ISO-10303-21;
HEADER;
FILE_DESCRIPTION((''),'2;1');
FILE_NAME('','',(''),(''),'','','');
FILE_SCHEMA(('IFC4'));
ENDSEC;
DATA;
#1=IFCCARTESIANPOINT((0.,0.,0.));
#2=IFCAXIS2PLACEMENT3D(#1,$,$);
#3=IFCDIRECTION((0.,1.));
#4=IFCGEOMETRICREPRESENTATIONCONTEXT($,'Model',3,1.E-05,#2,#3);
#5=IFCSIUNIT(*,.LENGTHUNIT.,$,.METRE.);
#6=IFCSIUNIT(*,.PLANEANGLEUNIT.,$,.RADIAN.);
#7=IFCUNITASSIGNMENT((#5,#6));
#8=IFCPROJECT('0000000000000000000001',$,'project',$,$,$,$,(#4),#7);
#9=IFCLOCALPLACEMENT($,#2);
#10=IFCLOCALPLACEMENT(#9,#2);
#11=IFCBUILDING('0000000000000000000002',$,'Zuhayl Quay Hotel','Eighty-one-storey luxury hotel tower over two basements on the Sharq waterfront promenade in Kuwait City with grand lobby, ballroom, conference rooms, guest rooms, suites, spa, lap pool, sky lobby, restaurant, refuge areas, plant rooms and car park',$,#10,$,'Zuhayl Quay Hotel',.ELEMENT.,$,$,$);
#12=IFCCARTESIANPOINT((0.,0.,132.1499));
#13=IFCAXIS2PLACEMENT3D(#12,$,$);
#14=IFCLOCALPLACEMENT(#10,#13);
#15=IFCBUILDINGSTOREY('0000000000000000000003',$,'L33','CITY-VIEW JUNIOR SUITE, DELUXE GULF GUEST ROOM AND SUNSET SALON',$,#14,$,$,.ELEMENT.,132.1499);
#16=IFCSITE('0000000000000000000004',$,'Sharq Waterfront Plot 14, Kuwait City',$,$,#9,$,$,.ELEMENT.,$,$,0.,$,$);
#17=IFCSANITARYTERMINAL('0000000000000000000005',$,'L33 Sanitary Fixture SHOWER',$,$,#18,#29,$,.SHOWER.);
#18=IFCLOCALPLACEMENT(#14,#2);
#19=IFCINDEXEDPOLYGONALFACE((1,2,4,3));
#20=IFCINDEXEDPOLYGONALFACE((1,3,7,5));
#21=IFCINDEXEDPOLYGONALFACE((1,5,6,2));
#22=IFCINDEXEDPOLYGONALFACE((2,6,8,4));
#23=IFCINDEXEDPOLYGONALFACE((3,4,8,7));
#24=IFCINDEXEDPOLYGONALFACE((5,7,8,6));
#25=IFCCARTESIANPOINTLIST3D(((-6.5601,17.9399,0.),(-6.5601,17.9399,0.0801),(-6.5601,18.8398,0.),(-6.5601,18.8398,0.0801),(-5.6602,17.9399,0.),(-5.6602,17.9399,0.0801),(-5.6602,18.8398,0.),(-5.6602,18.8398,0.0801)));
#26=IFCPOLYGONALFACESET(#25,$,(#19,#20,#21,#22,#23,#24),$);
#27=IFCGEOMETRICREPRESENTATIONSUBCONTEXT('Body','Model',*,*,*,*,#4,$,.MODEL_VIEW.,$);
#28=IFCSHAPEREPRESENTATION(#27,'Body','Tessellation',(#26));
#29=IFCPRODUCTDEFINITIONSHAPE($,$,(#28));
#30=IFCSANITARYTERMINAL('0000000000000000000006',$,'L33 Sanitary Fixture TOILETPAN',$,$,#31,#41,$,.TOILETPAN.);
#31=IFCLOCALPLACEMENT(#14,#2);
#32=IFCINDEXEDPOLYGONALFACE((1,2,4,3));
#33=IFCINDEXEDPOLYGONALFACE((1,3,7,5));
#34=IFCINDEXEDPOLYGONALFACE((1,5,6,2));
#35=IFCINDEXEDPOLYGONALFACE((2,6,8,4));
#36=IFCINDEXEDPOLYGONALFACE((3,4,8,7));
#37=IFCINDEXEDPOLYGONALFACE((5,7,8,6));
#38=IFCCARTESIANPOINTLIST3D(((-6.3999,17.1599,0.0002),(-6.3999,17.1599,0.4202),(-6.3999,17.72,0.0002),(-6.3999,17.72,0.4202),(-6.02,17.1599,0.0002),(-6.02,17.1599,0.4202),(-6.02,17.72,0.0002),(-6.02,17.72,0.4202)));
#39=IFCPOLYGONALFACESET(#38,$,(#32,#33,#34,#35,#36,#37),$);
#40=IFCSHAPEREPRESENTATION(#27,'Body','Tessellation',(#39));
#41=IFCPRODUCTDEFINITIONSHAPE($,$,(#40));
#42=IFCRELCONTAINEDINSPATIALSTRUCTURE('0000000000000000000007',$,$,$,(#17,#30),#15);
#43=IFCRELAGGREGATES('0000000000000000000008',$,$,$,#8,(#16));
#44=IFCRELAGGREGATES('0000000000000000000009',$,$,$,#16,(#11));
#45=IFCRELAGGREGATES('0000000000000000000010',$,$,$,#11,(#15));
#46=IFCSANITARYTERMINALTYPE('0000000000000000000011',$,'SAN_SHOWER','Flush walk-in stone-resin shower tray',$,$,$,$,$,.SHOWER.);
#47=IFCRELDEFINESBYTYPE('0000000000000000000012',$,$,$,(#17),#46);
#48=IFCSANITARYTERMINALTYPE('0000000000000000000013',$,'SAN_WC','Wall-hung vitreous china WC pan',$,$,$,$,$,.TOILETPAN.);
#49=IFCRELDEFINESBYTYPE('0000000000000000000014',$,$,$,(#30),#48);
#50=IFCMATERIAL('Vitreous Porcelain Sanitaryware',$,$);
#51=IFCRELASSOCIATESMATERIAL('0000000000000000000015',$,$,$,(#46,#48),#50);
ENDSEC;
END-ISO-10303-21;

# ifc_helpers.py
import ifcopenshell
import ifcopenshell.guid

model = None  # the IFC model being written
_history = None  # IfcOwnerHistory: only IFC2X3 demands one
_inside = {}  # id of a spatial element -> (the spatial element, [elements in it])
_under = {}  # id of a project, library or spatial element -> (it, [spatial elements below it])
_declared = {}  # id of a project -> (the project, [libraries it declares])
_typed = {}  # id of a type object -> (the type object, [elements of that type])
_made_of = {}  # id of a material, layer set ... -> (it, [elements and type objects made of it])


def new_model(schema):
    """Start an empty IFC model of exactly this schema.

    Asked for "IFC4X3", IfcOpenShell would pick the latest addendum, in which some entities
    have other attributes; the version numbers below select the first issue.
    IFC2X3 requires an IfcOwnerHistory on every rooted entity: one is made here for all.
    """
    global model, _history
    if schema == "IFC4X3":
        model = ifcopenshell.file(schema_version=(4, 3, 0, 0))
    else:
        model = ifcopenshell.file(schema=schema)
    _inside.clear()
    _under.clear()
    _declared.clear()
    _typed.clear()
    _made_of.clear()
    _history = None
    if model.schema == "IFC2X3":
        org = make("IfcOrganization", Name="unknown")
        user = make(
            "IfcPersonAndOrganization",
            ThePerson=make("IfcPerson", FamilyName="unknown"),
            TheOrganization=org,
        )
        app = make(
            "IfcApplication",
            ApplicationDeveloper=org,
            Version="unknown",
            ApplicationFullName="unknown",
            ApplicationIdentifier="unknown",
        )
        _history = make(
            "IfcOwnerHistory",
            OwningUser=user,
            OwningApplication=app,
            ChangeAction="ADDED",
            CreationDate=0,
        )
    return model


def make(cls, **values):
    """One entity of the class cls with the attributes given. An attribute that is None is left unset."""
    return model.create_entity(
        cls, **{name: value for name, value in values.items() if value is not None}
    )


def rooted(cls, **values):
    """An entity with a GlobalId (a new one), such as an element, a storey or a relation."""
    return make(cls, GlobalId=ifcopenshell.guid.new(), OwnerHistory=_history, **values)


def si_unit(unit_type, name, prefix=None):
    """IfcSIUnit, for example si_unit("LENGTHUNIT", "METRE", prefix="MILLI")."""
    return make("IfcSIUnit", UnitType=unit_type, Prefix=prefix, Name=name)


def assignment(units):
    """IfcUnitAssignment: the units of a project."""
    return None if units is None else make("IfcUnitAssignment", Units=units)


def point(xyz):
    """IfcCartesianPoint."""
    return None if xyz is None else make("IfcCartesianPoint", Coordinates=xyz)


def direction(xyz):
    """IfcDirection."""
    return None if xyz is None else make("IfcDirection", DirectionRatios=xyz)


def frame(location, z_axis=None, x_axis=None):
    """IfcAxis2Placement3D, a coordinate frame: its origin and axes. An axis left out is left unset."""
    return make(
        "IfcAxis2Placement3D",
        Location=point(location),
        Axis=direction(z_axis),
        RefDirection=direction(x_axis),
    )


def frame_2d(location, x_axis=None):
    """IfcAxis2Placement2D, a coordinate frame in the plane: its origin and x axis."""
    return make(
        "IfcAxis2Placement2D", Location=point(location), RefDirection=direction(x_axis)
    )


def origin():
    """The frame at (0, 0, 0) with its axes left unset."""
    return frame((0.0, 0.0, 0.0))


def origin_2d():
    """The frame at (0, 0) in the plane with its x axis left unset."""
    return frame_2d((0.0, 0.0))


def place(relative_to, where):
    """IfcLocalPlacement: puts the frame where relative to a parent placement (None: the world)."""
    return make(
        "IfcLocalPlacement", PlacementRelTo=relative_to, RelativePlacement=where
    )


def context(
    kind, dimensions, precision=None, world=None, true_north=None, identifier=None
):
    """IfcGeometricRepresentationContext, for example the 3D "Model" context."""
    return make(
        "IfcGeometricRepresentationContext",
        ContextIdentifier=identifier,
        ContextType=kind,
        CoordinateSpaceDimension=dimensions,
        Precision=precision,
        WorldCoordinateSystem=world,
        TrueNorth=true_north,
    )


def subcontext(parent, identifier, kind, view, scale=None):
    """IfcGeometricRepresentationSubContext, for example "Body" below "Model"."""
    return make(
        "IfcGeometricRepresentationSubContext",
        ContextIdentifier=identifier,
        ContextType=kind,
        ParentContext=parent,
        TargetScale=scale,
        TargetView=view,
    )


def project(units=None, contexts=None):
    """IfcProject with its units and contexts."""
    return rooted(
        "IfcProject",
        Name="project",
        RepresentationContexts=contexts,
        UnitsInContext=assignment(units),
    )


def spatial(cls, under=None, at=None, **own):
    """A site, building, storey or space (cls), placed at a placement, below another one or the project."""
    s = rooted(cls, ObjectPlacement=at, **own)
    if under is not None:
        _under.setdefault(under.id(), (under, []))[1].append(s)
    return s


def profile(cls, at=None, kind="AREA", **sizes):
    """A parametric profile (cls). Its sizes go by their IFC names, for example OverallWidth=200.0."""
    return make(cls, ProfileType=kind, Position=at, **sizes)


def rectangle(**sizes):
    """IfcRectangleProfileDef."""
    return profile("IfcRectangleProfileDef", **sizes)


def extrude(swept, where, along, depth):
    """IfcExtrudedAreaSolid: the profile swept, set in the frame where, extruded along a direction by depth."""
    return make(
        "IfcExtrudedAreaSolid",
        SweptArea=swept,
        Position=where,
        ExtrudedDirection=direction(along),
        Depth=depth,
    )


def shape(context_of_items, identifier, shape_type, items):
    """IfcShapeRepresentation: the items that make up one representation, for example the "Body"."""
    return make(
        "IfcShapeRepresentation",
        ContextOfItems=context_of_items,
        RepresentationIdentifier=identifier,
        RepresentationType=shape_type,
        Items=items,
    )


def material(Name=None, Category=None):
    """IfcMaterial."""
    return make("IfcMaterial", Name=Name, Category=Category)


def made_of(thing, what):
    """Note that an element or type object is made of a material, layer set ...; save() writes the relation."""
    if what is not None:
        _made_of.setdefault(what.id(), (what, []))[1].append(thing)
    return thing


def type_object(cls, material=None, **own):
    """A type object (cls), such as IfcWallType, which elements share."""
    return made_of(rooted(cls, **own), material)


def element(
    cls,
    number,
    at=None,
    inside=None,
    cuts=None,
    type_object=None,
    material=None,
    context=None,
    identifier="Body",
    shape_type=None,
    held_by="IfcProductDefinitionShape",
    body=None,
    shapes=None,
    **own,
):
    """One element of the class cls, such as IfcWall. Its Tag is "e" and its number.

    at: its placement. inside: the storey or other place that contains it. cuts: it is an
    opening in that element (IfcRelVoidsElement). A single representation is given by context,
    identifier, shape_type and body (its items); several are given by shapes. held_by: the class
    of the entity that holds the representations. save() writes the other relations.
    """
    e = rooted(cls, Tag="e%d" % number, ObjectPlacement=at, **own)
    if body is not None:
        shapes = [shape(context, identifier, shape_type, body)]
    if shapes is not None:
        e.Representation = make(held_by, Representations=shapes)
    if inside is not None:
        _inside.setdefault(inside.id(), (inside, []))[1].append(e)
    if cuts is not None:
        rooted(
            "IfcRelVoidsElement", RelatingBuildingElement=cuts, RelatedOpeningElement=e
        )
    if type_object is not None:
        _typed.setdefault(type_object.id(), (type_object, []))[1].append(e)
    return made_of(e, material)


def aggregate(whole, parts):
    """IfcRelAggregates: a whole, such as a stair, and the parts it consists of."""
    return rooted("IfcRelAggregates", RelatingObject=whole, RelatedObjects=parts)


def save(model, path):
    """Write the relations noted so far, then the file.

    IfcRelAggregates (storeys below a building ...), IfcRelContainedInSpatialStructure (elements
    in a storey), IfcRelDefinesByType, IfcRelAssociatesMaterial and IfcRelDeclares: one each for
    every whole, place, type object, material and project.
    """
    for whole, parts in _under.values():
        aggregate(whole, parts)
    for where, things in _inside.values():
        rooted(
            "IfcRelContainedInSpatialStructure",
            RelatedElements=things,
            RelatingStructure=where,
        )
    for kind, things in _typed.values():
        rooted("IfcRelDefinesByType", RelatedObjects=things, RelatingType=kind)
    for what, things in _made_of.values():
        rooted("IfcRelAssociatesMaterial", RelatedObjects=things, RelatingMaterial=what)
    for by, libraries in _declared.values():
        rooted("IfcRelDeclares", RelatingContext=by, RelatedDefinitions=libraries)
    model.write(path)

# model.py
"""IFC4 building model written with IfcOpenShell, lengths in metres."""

from ifc_helpers import new_model, si_unit, direction, frame, origin, origin_2d, place, context, subcontext, project, spatial, rectangle, extrude, material, type_object, element, save


model = new_model("IFC4")

# Units and contexts
model_context = context("Model", 3, precision=1e-05, world=origin(), true_north=direction((0.0, 1.0)))
body_context = subcontext(model_context, "Body", "Model", "MODEL_VIEW")
ifc_project = project(units=[si_unit("LENGTHUNIT", "METRE"), si_unit("PLANEANGLEUNIT", "RADIAN")], contexts=[model_context])

# Site, building, storey
site_placement = place(None, origin())
site = spatial("IfcSite", under=ifc_project, at=site_placement, Name="Sharq Waterfront Plot 14, Kuwait City", CompositionType="ELEMENT", RefElevation=0.0)
building_placement = place(site_placement, origin())
building = spatial("IfcBuilding", under=site, at=building_placement, Name="Zuhayl Quay Hotel", Description="Eighty-one-storey luxury hotel tower over two basements on the Sharq waterfront promenade in Kuwait City with grand lobby, ballroom, conference rooms, guest rooms, suites, spa, lap pool, sky lobby, restaurant, refuge areas, plant rooms and car park", LongName="Zuhayl Quay Hotel", CompositionType="ELEMENT")
storey_placement = place(building_placement, frame((0.0, 0.0, 132.1499)))
storey = spatial("IfcBuildingStorey", under=building, at=storey_placement, Name="L33", Description="CITY-VIEW JUNIOR SUITE, DELUXE GULF GUEST ROOM AND SUNSET SALON", CompositionType="ELEMENT", Elevation=132.1499)

# Sanitary terminals
ifc_material_1 = material(Name="Vitreous Porcelain Sanitaryware")
sanitary_terminal_type_1 = type_object("IfcSanitaryTerminalType", Name="SAN_SHOWER", Description="Flush walk-in stone-resin shower tray", PredefinedType="SHOWER", material=ifc_material_1)
sanitary_terminal_1_placement = place(storey_placement, frame((-6.1101, 18.3899, 0.0), z_axis=(0.0, 0.0, 1.0), x_axis=(1.0, 0.0, 0.0)))
element("IfcSanitaryTerminal", 1, at=sanitary_terminal_1_placement, inside=storey, type_object=sanitary_terminal_type_1, Name="L33 Sanitary Fixture SHOWER", PredefinedType="SHOWER", context=body_context, shape_type="SweptSolid", body=[
    extrude(rectangle(XDim=0.8999, YDim=0.8999, at=origin_2d()), origin(), (0.0, 0.0, 1.0), 0.0801),
])
sanitary_terminal_type_2 = type_object("IfcSanitaryTerminalType", Name="SAN_WC", Description="Wall-hung vitreous china WC pan", PredefinedType="TOILETPAN", material=ifc_material_1)
sanitary_terminal_2_placement = place(storey_placement, frame((-6.21, 17.4399, 0.0002), z_axis=(0.0, 0.0, 1.0), x_axis=(1.0, 0.0, 0.0)))
element("IfcSanitaryTerminal", 2, at=sanitary_terminal_2_placement, inside=storey, type_object=sanitary_terminal_type_2, Name="L33 Sanitary Fixture TOILETPAN", PredefinedType="TOILETPAN", context=body_context, shape_type="SweptSolid", body=[
    extrude(rectangle(XDim=0.3799, YDim=0.5601, at=origin_2d()), origin(), (0.0, 0.0, 1.0), 0.4199),
])

save(model, "model.ifc")
